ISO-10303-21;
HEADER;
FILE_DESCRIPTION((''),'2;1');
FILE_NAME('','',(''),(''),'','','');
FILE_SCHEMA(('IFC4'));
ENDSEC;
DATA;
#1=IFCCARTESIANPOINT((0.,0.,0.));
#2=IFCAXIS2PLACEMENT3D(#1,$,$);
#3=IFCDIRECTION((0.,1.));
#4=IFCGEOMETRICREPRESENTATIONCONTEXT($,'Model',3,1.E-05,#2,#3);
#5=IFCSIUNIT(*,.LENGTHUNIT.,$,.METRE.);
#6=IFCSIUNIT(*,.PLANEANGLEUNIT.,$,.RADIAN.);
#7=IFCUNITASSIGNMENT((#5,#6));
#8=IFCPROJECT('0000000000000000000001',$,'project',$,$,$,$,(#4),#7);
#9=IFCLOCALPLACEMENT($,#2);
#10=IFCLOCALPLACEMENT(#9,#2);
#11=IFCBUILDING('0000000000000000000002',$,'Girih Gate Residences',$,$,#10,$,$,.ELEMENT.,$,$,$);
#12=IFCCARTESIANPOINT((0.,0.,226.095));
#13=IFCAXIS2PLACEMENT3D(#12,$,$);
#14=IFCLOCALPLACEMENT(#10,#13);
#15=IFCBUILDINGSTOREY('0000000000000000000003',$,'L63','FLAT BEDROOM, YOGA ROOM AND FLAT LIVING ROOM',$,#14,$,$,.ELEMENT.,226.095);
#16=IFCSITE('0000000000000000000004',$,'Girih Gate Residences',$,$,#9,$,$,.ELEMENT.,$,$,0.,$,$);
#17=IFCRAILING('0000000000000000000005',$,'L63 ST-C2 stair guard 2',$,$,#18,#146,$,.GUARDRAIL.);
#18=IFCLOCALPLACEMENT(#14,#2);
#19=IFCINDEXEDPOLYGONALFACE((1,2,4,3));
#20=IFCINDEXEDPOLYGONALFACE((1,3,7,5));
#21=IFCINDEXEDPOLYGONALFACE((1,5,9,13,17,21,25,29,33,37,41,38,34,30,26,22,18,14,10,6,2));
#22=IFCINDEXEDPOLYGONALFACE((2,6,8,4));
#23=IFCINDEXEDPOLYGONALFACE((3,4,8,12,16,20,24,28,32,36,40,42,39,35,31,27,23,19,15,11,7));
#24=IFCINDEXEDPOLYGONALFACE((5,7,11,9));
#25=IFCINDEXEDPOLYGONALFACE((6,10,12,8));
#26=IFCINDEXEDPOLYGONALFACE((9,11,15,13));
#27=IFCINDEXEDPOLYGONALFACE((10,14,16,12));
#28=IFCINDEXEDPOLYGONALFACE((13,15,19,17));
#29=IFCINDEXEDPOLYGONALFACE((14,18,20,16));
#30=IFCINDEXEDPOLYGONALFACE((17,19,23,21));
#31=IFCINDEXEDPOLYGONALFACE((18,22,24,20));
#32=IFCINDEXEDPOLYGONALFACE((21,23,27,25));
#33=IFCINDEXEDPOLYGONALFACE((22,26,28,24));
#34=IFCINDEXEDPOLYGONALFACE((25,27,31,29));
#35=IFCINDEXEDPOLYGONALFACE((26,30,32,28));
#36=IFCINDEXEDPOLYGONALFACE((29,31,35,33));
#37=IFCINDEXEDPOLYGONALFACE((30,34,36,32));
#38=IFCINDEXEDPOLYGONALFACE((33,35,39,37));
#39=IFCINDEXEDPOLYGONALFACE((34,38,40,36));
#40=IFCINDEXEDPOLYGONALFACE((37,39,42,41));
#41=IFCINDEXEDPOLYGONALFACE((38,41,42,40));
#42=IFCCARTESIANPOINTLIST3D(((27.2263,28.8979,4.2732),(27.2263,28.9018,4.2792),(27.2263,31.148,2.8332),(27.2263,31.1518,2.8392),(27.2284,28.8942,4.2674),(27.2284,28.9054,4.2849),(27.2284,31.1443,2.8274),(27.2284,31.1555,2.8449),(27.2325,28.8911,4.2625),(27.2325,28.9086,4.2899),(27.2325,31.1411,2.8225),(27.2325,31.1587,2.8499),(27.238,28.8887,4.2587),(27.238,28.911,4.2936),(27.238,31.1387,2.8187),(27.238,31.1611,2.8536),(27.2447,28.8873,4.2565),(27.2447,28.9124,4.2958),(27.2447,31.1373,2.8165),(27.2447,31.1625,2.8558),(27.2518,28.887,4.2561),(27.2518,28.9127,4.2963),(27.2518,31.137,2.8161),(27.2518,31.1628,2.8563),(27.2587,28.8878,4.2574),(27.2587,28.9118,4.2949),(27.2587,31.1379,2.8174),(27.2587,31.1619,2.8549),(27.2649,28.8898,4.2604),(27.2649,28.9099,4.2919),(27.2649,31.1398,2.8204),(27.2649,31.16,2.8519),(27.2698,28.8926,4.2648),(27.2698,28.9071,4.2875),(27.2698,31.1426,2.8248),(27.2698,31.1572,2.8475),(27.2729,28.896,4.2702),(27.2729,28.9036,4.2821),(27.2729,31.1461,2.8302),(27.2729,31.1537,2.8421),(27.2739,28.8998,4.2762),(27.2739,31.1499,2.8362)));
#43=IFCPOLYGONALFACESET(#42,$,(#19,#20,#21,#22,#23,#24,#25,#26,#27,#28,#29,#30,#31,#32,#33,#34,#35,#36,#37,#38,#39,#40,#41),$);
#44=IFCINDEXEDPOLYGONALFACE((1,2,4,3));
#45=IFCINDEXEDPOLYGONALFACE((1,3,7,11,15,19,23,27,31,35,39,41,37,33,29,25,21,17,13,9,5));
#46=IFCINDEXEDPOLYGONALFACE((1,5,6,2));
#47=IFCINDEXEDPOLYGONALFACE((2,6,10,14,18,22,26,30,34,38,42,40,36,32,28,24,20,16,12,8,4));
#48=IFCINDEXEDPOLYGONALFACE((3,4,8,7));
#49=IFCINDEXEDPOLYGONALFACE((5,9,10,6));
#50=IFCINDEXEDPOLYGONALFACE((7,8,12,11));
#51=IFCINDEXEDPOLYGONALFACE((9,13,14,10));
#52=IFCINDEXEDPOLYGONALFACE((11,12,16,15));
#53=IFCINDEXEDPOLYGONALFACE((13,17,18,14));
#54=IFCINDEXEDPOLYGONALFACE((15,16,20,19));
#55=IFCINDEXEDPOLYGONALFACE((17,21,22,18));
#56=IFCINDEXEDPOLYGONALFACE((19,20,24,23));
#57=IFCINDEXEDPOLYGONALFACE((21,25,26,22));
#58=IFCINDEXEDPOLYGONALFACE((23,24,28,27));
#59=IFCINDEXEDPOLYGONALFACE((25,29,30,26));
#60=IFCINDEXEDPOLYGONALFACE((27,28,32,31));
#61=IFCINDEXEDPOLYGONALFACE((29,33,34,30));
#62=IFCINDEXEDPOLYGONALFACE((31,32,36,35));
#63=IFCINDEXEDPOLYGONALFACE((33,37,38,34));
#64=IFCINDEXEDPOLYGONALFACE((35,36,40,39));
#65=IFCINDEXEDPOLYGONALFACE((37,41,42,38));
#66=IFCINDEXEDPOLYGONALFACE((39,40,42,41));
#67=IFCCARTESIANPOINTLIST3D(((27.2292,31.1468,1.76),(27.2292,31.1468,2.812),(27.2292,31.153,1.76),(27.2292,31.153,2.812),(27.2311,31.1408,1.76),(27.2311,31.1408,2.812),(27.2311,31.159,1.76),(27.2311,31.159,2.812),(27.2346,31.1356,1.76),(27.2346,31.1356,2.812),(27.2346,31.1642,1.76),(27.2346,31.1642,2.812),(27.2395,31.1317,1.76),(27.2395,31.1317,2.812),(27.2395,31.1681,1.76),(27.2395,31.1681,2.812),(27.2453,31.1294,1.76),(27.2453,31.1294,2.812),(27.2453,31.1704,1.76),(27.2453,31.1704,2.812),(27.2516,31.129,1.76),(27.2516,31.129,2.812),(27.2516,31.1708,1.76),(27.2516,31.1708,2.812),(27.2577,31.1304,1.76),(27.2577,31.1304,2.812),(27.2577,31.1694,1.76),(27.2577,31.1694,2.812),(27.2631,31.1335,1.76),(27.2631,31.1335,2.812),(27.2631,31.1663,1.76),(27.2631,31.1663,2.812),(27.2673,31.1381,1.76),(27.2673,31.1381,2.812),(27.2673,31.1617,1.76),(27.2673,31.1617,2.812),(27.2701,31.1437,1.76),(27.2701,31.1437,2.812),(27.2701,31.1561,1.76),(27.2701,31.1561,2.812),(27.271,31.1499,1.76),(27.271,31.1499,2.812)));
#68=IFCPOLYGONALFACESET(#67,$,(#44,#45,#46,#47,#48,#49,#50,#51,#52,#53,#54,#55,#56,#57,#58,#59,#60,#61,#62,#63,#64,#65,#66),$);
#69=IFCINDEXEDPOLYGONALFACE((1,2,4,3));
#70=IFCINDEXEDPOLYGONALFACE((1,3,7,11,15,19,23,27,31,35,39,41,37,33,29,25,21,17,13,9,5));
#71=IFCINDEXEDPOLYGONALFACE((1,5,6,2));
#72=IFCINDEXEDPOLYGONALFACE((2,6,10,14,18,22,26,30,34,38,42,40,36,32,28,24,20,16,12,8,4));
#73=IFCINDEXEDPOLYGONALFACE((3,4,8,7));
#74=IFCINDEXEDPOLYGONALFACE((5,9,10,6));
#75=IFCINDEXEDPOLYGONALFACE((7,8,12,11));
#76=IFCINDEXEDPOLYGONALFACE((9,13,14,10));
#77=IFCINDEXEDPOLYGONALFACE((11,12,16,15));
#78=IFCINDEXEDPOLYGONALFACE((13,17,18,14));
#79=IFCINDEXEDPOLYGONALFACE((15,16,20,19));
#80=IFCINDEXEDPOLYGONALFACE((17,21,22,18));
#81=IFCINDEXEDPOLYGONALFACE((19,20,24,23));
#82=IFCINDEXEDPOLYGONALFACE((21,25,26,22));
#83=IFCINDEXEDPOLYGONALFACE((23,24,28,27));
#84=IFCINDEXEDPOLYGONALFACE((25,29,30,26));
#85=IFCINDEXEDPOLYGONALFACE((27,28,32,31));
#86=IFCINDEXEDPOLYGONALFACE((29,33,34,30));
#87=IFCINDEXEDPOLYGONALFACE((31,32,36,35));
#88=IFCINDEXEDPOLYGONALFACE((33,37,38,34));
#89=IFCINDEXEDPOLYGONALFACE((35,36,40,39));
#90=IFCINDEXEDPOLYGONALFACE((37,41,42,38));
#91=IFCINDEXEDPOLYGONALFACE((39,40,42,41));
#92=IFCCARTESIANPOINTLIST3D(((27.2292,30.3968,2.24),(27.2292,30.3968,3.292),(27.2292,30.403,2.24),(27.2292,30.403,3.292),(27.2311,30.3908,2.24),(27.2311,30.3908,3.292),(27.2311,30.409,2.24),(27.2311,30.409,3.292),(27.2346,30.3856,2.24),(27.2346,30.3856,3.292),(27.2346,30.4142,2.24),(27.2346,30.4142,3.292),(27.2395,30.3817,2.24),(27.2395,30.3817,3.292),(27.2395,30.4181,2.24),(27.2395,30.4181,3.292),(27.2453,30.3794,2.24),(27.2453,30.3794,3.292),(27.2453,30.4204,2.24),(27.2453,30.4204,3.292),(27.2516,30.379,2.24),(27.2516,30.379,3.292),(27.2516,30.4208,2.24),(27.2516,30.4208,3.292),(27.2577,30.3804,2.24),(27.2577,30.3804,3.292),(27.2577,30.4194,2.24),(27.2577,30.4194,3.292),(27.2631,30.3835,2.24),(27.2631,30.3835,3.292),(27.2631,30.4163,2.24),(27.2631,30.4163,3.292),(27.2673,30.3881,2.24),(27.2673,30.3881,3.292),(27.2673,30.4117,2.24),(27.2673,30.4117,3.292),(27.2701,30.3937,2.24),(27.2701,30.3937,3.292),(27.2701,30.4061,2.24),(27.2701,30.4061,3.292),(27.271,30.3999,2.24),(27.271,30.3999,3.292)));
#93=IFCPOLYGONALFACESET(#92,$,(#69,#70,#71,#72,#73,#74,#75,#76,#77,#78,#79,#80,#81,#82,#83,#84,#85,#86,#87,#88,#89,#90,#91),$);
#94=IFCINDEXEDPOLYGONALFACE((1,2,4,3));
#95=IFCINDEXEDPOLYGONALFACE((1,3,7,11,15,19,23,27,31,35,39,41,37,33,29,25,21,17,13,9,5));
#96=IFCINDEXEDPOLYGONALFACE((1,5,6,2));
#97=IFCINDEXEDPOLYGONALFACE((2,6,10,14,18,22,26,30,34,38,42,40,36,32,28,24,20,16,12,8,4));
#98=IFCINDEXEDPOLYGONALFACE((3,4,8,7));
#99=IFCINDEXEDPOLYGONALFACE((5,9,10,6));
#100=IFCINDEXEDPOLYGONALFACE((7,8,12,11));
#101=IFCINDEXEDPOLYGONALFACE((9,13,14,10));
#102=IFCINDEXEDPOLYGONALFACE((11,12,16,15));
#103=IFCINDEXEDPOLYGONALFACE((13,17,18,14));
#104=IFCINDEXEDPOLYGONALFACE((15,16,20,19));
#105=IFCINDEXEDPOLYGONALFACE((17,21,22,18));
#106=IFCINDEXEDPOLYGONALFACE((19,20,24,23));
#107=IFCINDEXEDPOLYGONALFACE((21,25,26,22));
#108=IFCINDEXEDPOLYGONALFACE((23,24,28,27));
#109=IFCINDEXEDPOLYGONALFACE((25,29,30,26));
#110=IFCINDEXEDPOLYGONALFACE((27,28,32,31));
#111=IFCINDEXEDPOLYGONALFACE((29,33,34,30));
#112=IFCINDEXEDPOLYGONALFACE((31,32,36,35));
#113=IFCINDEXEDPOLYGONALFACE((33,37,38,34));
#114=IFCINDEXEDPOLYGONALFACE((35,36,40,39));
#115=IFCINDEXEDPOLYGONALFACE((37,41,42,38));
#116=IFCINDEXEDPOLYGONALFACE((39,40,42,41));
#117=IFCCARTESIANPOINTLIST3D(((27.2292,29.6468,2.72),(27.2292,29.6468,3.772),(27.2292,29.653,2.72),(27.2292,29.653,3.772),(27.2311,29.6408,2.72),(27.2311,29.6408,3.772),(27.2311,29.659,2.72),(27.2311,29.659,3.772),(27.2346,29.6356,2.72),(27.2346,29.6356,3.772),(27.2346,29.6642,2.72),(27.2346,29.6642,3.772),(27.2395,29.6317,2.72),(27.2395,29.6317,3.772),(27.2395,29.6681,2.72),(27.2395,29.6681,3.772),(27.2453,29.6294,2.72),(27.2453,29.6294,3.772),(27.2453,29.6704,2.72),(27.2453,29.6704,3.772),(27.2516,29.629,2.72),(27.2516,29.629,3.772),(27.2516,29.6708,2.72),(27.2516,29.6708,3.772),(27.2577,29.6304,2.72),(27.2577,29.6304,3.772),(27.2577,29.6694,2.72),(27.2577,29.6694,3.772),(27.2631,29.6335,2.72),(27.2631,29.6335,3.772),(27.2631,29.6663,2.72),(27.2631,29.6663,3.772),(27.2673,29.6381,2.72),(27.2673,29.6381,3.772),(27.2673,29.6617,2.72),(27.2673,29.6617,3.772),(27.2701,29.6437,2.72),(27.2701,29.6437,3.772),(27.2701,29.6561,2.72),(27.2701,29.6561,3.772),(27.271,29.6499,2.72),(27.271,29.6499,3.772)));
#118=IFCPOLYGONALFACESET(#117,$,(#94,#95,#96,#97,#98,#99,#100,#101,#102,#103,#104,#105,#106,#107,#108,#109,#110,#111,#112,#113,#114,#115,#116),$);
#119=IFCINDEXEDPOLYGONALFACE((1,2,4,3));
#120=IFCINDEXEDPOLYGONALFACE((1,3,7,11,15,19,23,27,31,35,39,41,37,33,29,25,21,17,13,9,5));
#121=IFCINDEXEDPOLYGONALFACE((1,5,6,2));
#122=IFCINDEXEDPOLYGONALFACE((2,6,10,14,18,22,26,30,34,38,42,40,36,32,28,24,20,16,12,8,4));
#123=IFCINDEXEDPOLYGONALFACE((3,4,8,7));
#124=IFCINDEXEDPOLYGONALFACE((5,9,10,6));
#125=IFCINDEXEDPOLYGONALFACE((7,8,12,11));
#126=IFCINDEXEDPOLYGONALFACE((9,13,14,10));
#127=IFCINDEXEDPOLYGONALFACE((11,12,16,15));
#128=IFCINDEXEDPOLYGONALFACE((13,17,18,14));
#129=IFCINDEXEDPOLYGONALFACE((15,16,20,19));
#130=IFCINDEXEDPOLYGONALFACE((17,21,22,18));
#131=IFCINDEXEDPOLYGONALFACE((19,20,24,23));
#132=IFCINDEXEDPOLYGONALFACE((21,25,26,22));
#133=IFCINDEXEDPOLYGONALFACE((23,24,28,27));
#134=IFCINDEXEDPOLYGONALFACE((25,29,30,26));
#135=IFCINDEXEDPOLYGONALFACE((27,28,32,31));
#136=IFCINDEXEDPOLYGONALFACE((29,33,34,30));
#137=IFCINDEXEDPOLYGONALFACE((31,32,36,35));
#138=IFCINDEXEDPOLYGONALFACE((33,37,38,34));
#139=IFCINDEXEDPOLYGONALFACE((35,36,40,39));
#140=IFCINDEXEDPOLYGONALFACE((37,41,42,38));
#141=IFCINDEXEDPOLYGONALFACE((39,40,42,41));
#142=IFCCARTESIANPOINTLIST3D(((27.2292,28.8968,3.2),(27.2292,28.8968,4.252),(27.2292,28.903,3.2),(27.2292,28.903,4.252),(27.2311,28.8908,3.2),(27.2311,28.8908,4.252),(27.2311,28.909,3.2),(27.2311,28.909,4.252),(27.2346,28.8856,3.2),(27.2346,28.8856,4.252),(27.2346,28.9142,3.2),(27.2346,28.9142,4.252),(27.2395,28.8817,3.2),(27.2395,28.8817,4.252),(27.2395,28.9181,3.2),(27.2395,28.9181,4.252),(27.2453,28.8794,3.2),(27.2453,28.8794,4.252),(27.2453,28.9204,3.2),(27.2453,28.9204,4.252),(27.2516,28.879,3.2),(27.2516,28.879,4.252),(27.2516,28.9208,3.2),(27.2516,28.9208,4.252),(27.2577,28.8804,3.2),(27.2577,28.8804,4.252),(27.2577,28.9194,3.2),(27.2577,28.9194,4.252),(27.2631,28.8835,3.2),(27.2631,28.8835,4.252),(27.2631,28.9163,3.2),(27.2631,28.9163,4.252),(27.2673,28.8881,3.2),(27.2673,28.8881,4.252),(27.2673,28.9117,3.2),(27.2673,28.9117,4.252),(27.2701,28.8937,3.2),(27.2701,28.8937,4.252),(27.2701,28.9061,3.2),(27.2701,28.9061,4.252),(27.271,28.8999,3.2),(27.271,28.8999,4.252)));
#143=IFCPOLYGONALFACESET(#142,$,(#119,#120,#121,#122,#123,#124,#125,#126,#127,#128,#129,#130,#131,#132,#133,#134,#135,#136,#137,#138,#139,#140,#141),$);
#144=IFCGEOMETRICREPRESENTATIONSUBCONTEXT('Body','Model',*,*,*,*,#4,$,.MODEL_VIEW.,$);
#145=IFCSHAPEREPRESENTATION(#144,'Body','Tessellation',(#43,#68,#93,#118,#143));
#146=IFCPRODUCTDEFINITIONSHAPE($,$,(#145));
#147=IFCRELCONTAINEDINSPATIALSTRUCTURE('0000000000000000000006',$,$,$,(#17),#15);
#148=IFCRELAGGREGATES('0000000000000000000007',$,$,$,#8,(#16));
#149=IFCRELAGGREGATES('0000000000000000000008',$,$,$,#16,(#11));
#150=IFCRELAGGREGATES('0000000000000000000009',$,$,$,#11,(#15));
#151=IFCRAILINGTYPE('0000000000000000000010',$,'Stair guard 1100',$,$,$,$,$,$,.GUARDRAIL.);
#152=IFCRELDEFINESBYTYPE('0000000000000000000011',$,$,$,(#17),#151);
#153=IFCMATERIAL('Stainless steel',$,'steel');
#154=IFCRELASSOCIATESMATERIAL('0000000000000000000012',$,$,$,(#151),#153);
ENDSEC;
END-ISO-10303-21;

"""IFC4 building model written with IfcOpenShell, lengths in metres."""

from ifc_helpers import new_model, si_unit, direction, frame, origin, origin_2d, place, context, subcontext, project, spatial, circle, extrude, material, type_object, element, save


model = new_model("IFC4")

# Units and contexts
model_context = context("Model", 3, precision=1e-05, world=origin(), true_north=direction((0.0, 1.0)))
body_context = subcontext(model_context, "Body", "Model", "MODEL_VIEW")
ifc_project = project(units=[si_unit("LENGTHUNIT", "METRE"), si_unit("PLANEANGLEUNIT", "RADIAN")], contexts=[model_context])

# Site, building, storey
site_placement = place(None, origin())
site = spatial("IfcSite", under=ifc_project, at=site_placement, Name="Girih Gate Residences", CompositionType="ELEMENT", RefElevation=0.0)
building_placement = place(site_placement, origin())
building = spatial("IfcBuilding", under=site, at=building_placement, Name="Girih Gate Residences", CompositionType="ELEMENT")
storey_placement = place(building_placement, frame((0.0, 0.0, 226.095)))
storey = spatial("IfcBuildingStorey", under=building, at=storey_placement, Name="L63", Description="FLAT BEDROOM, YOGA ROOM AND FLAT LIVING ROOM", CompositionType="ELEMENT", Elevation=226.095)

# Railing
ifc_material_1 = material(Name="Stainless steel", Category="steel")
railing_type_1 = type_object("IfcRailingType", Name="Stair guard 1100", PredefinedType="GUARDRAIL", material=ifc_material_1)
railing_1_placement = place(storey_placement, frame((27.25, 31.1499, 1.76)))
element("IfcRailing", 1, at=railing_1_placement, inside=storey, type_object=railing_type_1, Name="L63 ST-C2 stair guard 2", PredefinedType="GUARDRAIL", context=body_context, shape_type="SweptSolid", body=[
    extrude(circle(Radius=0.0239, at=origin_2d()), frame((0.0, 0.0, 1.0762), z_axis=(0.0, -0.842281, 0.539038), x_axis=(1.0, 0.0, 0.0)), (0.0, 0.0, 1.0), 2.6714),
    extrude(circle(Radius=0.021, at=origin_2d()), origin(), (0.0, 0.0, 1.0), 1.052),
    extrude(circle(Radius=0.021, at=origin_2d()), frame((0.0, -0.75, 0.48)), (0.0, 0.0, 1.0), 1.052),
    extrude(circle(Radius=0.021, at=origin_2d()), frame((0.0, -1.5, 0.96)), (0.0, 0.0, 1.0), 1.052),
    extrude(circle(Radius=0.021, at=origin_2d()), frame((0.0, -2.25, 1.4399)), (0.0, 0.0, 1.0), 1.052),
])

save(model, "model.ifc")
